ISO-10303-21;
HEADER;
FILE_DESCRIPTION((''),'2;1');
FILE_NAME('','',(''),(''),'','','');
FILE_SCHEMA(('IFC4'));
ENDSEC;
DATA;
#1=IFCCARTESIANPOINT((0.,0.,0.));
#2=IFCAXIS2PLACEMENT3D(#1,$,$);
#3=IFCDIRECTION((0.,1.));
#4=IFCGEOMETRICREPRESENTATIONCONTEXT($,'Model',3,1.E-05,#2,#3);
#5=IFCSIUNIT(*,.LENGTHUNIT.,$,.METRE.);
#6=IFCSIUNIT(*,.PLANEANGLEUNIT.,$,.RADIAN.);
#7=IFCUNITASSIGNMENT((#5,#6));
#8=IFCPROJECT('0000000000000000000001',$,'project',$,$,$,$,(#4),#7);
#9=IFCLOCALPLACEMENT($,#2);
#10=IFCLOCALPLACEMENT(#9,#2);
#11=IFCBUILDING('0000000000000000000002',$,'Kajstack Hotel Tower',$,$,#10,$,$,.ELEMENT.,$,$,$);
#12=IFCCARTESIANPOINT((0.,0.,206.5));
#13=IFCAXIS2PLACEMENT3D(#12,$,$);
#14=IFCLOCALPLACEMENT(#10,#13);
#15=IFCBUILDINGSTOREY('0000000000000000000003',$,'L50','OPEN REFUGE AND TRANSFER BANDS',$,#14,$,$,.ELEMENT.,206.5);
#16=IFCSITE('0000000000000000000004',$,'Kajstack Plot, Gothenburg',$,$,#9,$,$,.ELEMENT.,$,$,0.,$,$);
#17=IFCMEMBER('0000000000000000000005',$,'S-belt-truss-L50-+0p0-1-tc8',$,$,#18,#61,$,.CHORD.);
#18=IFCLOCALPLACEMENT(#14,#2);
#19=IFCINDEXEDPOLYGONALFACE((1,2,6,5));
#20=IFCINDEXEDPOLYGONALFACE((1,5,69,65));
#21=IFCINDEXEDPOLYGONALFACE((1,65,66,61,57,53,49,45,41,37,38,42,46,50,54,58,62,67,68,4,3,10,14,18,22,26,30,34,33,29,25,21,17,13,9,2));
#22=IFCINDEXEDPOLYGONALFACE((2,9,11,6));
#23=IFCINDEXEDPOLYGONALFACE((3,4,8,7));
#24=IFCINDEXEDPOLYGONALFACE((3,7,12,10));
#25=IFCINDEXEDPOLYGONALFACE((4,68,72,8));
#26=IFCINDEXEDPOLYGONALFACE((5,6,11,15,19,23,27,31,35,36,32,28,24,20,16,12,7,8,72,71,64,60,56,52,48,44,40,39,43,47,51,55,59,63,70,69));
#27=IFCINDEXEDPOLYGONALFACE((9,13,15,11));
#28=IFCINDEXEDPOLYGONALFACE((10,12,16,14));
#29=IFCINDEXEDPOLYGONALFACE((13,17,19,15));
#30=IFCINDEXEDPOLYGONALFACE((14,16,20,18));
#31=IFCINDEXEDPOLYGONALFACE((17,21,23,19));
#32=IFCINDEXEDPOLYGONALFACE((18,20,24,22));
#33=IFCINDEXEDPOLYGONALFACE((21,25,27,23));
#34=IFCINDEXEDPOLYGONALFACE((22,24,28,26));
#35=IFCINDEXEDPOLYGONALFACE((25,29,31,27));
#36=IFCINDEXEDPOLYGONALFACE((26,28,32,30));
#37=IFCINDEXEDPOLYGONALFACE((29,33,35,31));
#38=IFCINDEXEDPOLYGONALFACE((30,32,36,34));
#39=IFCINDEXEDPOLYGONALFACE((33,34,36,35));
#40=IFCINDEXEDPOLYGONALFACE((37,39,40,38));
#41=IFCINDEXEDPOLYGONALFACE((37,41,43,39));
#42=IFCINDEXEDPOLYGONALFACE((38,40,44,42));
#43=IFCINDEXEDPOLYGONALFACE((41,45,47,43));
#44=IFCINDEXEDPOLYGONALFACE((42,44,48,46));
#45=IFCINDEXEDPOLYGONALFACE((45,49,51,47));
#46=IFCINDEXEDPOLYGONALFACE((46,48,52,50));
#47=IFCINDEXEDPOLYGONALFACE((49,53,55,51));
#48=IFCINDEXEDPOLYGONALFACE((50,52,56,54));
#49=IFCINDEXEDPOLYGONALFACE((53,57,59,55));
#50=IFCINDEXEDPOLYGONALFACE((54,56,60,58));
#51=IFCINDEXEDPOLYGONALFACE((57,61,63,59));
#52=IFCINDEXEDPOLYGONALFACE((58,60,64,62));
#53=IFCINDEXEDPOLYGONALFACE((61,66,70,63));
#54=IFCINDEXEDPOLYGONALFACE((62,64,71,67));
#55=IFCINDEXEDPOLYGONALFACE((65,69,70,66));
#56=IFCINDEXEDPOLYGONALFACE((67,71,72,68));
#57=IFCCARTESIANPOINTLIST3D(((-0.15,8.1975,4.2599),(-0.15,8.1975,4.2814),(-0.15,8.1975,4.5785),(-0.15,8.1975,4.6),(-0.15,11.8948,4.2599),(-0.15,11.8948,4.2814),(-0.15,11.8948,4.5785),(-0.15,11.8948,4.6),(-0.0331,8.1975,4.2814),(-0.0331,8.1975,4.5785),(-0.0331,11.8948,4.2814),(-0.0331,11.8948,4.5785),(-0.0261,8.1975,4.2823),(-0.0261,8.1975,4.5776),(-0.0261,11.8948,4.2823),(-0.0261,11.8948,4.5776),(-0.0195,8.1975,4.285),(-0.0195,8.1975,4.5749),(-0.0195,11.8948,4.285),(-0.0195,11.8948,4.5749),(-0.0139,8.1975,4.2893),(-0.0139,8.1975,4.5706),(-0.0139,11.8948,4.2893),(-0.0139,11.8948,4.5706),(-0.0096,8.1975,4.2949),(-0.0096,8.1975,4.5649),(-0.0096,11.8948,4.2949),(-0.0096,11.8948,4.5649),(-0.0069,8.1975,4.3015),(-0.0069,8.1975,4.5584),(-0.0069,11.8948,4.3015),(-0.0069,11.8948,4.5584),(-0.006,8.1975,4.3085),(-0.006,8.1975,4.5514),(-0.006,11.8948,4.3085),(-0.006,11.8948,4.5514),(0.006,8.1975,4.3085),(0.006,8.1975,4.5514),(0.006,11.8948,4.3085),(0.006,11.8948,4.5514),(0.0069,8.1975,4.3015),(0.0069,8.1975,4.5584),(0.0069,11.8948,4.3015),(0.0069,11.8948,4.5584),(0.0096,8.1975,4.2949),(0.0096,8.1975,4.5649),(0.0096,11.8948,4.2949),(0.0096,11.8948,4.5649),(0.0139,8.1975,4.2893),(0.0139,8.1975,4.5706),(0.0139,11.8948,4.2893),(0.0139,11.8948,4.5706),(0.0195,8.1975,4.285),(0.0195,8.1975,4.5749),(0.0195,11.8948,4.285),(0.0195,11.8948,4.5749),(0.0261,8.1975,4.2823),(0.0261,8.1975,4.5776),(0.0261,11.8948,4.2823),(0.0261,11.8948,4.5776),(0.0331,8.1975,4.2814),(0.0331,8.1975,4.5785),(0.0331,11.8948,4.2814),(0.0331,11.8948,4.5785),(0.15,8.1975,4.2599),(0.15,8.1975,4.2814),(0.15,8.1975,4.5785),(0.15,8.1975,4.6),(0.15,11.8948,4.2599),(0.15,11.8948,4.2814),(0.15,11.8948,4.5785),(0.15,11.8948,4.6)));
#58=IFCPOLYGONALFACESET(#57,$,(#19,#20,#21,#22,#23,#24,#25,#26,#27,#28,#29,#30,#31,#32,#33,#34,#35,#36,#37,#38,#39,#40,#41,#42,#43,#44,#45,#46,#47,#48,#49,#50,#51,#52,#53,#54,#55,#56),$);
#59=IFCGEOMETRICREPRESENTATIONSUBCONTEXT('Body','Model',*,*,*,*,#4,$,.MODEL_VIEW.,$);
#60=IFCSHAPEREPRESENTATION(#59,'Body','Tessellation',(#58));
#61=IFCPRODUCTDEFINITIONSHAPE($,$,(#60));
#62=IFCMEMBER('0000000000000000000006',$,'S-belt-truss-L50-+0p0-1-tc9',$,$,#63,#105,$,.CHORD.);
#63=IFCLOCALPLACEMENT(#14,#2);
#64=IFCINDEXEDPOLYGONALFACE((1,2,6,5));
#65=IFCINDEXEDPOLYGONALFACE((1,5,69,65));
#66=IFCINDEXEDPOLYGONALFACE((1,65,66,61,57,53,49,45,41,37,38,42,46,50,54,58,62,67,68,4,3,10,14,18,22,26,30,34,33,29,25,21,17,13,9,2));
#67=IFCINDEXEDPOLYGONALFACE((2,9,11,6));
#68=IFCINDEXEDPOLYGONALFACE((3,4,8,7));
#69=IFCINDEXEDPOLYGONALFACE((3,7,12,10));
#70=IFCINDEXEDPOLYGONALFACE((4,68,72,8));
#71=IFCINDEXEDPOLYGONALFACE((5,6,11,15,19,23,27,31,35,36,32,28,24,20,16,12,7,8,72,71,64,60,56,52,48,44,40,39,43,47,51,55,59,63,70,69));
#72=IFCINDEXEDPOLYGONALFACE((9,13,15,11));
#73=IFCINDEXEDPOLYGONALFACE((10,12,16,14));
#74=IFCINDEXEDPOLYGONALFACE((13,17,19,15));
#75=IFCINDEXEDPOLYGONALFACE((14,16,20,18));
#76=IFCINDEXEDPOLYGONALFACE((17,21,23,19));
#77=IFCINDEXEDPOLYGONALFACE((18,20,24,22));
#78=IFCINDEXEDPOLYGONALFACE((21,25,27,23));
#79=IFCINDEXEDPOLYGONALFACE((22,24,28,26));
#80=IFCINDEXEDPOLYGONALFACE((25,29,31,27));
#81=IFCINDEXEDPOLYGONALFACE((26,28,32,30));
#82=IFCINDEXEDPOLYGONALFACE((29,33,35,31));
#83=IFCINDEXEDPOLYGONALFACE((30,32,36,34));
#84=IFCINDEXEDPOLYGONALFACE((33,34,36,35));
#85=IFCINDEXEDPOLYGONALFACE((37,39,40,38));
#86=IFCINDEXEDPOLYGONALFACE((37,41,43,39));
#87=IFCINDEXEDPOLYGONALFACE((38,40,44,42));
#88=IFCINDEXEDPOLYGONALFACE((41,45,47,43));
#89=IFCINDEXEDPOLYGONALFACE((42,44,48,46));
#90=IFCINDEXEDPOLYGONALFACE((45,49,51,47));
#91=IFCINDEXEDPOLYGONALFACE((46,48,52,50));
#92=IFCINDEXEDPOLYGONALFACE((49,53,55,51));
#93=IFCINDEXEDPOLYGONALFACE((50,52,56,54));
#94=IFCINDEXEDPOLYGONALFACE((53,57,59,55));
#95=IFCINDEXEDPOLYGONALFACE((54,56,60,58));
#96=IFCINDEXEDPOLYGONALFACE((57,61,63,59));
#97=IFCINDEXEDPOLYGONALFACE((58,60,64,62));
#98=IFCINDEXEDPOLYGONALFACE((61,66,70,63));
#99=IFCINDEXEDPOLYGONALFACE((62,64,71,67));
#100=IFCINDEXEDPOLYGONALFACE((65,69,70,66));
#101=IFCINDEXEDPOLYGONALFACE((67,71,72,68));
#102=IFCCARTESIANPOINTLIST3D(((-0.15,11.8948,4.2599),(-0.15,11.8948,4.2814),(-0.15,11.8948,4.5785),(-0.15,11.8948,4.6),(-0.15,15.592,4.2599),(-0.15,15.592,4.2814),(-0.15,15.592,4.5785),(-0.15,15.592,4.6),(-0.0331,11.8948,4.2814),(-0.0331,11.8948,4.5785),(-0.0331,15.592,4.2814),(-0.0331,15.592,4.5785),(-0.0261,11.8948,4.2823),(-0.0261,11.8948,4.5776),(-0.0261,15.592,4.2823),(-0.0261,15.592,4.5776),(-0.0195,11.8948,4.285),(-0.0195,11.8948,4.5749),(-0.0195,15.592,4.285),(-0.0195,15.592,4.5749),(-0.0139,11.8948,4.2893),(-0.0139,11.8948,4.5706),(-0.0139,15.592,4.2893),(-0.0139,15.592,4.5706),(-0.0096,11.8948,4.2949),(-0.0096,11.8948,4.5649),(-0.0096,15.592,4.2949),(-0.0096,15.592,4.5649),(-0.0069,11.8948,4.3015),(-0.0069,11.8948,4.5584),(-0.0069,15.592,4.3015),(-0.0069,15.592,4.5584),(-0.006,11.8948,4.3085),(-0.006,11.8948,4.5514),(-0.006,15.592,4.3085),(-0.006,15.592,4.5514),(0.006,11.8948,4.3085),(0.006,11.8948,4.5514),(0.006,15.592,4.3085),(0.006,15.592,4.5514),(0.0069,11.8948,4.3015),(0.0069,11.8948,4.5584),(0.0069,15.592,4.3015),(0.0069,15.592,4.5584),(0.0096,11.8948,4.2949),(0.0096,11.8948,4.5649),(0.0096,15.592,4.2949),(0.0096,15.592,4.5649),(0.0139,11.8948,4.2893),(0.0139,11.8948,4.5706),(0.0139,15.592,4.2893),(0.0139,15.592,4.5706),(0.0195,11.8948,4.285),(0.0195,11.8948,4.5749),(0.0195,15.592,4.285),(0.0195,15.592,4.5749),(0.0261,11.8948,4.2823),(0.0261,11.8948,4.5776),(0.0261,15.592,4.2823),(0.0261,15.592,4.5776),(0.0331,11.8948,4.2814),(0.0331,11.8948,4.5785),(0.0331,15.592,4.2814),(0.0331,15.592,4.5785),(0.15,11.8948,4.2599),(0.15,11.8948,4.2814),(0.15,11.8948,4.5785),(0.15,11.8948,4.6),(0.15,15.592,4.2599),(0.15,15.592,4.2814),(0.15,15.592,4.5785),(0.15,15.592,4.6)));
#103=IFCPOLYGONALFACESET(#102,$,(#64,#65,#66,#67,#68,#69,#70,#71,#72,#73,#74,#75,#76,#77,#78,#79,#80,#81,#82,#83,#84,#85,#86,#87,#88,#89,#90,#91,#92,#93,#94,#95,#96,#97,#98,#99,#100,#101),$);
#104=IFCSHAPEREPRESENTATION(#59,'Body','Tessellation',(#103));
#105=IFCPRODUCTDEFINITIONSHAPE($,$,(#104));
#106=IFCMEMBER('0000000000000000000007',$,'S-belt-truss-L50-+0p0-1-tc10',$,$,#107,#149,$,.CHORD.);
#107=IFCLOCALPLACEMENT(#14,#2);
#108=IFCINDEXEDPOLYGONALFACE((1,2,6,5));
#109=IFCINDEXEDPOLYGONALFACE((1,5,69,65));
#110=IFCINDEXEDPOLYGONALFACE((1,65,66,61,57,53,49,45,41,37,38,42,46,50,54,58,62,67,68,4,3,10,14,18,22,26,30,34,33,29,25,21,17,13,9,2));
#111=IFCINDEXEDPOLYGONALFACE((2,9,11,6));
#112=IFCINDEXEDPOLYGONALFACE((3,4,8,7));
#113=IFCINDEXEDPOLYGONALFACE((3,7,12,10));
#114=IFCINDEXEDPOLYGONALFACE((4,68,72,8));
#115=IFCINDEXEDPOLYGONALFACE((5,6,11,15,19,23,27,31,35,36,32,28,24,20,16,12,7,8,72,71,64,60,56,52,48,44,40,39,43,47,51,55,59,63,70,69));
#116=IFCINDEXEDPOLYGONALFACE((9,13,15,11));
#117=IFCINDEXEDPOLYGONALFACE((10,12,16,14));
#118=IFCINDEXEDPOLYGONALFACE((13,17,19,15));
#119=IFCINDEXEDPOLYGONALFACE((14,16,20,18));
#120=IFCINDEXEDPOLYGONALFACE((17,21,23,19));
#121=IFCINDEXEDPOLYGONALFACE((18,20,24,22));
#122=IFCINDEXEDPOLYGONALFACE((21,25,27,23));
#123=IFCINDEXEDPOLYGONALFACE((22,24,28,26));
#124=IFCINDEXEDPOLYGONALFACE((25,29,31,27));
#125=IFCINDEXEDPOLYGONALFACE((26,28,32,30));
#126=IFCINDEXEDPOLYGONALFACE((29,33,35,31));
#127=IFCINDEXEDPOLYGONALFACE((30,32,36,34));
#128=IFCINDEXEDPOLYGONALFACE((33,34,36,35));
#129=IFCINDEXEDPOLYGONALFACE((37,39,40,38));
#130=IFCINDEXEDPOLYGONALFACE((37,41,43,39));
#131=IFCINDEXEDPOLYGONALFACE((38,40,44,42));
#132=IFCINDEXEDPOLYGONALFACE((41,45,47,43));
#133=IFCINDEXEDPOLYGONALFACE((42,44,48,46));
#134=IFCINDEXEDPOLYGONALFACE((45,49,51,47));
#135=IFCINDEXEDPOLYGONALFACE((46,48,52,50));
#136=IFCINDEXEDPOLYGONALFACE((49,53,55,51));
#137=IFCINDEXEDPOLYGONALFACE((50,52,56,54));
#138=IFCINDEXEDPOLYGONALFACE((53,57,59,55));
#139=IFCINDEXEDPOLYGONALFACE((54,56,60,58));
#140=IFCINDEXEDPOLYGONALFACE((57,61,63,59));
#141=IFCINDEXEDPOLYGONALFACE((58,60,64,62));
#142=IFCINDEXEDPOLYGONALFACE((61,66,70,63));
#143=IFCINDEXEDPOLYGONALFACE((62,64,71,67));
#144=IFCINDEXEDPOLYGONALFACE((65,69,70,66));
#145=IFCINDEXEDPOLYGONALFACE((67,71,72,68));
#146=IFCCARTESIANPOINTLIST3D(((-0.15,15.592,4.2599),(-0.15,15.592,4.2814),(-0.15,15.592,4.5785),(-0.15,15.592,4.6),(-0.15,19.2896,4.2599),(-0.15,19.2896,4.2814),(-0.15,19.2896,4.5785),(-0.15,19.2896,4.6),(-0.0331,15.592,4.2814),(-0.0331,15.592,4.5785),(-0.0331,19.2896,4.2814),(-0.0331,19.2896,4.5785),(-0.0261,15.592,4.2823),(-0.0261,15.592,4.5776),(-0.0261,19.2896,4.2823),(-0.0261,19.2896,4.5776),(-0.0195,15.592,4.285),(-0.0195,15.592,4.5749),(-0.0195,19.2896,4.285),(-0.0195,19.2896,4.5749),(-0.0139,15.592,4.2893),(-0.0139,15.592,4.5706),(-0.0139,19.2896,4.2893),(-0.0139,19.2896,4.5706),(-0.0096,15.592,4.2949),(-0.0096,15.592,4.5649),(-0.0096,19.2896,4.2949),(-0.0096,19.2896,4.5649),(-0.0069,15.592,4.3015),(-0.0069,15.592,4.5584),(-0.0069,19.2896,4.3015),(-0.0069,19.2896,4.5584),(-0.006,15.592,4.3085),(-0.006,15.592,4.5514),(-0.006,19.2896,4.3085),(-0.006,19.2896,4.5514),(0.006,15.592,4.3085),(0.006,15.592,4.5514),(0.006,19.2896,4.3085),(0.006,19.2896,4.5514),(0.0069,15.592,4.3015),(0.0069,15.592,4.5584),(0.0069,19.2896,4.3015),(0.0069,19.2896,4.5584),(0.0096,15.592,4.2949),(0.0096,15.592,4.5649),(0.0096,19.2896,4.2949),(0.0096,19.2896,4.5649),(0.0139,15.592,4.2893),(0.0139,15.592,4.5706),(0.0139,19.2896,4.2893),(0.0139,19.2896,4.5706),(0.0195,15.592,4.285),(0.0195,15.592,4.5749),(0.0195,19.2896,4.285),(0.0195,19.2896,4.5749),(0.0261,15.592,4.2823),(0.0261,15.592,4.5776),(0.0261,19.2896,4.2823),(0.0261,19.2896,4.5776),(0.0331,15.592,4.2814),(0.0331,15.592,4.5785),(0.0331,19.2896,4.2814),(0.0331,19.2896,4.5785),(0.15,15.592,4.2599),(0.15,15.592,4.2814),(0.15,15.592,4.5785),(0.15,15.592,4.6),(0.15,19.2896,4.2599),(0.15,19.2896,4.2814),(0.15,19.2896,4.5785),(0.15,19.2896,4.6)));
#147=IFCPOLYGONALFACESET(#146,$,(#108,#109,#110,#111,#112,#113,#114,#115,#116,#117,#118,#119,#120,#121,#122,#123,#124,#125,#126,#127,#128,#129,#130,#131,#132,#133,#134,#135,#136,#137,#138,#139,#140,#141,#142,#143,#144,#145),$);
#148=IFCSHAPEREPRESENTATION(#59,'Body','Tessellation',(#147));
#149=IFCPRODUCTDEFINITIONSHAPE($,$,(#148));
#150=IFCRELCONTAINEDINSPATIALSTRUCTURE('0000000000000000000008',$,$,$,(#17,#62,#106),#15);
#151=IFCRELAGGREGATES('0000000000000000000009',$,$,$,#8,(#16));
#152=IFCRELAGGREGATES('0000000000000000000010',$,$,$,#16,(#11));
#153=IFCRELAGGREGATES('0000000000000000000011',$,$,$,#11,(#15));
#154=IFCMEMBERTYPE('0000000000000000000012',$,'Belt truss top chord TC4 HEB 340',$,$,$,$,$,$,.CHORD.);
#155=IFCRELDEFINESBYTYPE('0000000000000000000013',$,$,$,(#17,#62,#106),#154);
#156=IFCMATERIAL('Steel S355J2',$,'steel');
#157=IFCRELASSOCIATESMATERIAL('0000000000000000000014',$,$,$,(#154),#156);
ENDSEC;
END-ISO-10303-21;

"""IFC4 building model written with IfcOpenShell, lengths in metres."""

from ifc_helpers import new_model, si_unit, direction, frame, origin, origin_2d, place, context, subcontext, project, spatial, i_section, extrude, material, material_profile, profile_set, type_object, element, save


model = new_model("IFC4")

# Units and contexts
model_context = context("Model", 3, precision=1e-05, world=origin(), true_north=direction((0.0, 1.0)))
body_context = subcontext(model_context, "Body", "Model", "MODEL_VIEW")
ifc_project = project(units=[si_unit("LENGTHUNIT", "METRE"), si_unit("PLANEANGLEUNIT", "RADIAN")], contexts=[model_context])

# Site, building, storey
site_placement = place(None, origin())
site = spatial("IfcSite", under=ifc_project, at=site_placement, Name="Kajstack Plot, Gothenburg", CompositionType="ELEMENT", RefElevation=0.0)
building_placement = place(site_placement, origin())
building = spatial("IfcBuilding", under=site, at=building_placement, Name="Kajstack Hotel Tower", CompositionType="ELEMENT")
storey_placement = place(building_placement, frame((0.0, 0.0, 206.5)))
storey = spatial("IfcBuildingStorey", under=building, at=storey_placement, Name="L50", Description="OPEN REFUGE AND TRANSFER BANDS", CompositionType="ELEMENT", Elevation=206.5)

# Members
ifc_material = material(Name="Steel S355J2", Category="steel")
ifc_material_profile_1 = material_profile(ifc_material, i_section(OverallWidth=0.3, OverallDepth=0.3401, WebThickness=0.012, FlangeThickness=0.0215, FilletRadius=0.0271, at=origin_2d()), Name="HEB 340")
ifc_profile_set_1 = profile_set([ifc_material_profile_1], Name="Steel S355J2")
member_type_1 = type_object("IfcMemberType", Name="Belt truss top chord TC4 HEB 340", PredefinedType="CHORD", material=ifc_profile_set_1)
for number, where, z_axis, x_axis, name in (
    (1, (0.0, 8.1975, 4.4299), (0.0, 1.0, 0.0), (-1.0, 0.0, 0.0), "S-belt-truss-L50-+0p0-1-tc8"),
    (2, (0.0, 11.8948, 4.4299), (0.0, 1.0, 0.0), (-1.0, 0.0, 0.0), "S-belt-truss-L50-+0p0-1-tc9"),
):
    element("IfcMember", number, at=place(storey_placement, frame(where, z_axis=z_axis, x_axis=x_axis)), inside=storey, type_object=member_type_1, Name=name, PredefinedType="CHORD", context=body_context, shape_type="SweptSolid", body=[
        extrude(i_section(OverallWidth=0.3, OverallDepth=0.3401, WebThickness=0.012, FlangeThickness=0.0215, FilletRadius=0.0271, at=origin_2d()), origin(), (0.0, 0.0, 1.0), 3.6973),
    ])
member_1_placement = place(storey_placement, frame((0.0, 15.592, 4.4299), z_axis=(0.0, 1.0, 0.0), x_axis=(-1.0, 0.0, 0.0)))
element("IfcMember", 3, at=member_1_placement, inside=storey, type_object=member_type_1, Name="S-belt-truss-L50-+0p0-1-tc10", PredefinedType="CHORD", context=body_context, shape_type="SweptSolid", body=[
    extrude(i_section(OverallWidth=0.3, OverallDepth=0.3401, WebThickness=0.012, FlangeThickness=0.0215, FilletRadius=0.0271, at=origin_2d()), origin(), (0.0, 0.0, 1.0), 3.6975),
])

save(model, "model.ifc")
